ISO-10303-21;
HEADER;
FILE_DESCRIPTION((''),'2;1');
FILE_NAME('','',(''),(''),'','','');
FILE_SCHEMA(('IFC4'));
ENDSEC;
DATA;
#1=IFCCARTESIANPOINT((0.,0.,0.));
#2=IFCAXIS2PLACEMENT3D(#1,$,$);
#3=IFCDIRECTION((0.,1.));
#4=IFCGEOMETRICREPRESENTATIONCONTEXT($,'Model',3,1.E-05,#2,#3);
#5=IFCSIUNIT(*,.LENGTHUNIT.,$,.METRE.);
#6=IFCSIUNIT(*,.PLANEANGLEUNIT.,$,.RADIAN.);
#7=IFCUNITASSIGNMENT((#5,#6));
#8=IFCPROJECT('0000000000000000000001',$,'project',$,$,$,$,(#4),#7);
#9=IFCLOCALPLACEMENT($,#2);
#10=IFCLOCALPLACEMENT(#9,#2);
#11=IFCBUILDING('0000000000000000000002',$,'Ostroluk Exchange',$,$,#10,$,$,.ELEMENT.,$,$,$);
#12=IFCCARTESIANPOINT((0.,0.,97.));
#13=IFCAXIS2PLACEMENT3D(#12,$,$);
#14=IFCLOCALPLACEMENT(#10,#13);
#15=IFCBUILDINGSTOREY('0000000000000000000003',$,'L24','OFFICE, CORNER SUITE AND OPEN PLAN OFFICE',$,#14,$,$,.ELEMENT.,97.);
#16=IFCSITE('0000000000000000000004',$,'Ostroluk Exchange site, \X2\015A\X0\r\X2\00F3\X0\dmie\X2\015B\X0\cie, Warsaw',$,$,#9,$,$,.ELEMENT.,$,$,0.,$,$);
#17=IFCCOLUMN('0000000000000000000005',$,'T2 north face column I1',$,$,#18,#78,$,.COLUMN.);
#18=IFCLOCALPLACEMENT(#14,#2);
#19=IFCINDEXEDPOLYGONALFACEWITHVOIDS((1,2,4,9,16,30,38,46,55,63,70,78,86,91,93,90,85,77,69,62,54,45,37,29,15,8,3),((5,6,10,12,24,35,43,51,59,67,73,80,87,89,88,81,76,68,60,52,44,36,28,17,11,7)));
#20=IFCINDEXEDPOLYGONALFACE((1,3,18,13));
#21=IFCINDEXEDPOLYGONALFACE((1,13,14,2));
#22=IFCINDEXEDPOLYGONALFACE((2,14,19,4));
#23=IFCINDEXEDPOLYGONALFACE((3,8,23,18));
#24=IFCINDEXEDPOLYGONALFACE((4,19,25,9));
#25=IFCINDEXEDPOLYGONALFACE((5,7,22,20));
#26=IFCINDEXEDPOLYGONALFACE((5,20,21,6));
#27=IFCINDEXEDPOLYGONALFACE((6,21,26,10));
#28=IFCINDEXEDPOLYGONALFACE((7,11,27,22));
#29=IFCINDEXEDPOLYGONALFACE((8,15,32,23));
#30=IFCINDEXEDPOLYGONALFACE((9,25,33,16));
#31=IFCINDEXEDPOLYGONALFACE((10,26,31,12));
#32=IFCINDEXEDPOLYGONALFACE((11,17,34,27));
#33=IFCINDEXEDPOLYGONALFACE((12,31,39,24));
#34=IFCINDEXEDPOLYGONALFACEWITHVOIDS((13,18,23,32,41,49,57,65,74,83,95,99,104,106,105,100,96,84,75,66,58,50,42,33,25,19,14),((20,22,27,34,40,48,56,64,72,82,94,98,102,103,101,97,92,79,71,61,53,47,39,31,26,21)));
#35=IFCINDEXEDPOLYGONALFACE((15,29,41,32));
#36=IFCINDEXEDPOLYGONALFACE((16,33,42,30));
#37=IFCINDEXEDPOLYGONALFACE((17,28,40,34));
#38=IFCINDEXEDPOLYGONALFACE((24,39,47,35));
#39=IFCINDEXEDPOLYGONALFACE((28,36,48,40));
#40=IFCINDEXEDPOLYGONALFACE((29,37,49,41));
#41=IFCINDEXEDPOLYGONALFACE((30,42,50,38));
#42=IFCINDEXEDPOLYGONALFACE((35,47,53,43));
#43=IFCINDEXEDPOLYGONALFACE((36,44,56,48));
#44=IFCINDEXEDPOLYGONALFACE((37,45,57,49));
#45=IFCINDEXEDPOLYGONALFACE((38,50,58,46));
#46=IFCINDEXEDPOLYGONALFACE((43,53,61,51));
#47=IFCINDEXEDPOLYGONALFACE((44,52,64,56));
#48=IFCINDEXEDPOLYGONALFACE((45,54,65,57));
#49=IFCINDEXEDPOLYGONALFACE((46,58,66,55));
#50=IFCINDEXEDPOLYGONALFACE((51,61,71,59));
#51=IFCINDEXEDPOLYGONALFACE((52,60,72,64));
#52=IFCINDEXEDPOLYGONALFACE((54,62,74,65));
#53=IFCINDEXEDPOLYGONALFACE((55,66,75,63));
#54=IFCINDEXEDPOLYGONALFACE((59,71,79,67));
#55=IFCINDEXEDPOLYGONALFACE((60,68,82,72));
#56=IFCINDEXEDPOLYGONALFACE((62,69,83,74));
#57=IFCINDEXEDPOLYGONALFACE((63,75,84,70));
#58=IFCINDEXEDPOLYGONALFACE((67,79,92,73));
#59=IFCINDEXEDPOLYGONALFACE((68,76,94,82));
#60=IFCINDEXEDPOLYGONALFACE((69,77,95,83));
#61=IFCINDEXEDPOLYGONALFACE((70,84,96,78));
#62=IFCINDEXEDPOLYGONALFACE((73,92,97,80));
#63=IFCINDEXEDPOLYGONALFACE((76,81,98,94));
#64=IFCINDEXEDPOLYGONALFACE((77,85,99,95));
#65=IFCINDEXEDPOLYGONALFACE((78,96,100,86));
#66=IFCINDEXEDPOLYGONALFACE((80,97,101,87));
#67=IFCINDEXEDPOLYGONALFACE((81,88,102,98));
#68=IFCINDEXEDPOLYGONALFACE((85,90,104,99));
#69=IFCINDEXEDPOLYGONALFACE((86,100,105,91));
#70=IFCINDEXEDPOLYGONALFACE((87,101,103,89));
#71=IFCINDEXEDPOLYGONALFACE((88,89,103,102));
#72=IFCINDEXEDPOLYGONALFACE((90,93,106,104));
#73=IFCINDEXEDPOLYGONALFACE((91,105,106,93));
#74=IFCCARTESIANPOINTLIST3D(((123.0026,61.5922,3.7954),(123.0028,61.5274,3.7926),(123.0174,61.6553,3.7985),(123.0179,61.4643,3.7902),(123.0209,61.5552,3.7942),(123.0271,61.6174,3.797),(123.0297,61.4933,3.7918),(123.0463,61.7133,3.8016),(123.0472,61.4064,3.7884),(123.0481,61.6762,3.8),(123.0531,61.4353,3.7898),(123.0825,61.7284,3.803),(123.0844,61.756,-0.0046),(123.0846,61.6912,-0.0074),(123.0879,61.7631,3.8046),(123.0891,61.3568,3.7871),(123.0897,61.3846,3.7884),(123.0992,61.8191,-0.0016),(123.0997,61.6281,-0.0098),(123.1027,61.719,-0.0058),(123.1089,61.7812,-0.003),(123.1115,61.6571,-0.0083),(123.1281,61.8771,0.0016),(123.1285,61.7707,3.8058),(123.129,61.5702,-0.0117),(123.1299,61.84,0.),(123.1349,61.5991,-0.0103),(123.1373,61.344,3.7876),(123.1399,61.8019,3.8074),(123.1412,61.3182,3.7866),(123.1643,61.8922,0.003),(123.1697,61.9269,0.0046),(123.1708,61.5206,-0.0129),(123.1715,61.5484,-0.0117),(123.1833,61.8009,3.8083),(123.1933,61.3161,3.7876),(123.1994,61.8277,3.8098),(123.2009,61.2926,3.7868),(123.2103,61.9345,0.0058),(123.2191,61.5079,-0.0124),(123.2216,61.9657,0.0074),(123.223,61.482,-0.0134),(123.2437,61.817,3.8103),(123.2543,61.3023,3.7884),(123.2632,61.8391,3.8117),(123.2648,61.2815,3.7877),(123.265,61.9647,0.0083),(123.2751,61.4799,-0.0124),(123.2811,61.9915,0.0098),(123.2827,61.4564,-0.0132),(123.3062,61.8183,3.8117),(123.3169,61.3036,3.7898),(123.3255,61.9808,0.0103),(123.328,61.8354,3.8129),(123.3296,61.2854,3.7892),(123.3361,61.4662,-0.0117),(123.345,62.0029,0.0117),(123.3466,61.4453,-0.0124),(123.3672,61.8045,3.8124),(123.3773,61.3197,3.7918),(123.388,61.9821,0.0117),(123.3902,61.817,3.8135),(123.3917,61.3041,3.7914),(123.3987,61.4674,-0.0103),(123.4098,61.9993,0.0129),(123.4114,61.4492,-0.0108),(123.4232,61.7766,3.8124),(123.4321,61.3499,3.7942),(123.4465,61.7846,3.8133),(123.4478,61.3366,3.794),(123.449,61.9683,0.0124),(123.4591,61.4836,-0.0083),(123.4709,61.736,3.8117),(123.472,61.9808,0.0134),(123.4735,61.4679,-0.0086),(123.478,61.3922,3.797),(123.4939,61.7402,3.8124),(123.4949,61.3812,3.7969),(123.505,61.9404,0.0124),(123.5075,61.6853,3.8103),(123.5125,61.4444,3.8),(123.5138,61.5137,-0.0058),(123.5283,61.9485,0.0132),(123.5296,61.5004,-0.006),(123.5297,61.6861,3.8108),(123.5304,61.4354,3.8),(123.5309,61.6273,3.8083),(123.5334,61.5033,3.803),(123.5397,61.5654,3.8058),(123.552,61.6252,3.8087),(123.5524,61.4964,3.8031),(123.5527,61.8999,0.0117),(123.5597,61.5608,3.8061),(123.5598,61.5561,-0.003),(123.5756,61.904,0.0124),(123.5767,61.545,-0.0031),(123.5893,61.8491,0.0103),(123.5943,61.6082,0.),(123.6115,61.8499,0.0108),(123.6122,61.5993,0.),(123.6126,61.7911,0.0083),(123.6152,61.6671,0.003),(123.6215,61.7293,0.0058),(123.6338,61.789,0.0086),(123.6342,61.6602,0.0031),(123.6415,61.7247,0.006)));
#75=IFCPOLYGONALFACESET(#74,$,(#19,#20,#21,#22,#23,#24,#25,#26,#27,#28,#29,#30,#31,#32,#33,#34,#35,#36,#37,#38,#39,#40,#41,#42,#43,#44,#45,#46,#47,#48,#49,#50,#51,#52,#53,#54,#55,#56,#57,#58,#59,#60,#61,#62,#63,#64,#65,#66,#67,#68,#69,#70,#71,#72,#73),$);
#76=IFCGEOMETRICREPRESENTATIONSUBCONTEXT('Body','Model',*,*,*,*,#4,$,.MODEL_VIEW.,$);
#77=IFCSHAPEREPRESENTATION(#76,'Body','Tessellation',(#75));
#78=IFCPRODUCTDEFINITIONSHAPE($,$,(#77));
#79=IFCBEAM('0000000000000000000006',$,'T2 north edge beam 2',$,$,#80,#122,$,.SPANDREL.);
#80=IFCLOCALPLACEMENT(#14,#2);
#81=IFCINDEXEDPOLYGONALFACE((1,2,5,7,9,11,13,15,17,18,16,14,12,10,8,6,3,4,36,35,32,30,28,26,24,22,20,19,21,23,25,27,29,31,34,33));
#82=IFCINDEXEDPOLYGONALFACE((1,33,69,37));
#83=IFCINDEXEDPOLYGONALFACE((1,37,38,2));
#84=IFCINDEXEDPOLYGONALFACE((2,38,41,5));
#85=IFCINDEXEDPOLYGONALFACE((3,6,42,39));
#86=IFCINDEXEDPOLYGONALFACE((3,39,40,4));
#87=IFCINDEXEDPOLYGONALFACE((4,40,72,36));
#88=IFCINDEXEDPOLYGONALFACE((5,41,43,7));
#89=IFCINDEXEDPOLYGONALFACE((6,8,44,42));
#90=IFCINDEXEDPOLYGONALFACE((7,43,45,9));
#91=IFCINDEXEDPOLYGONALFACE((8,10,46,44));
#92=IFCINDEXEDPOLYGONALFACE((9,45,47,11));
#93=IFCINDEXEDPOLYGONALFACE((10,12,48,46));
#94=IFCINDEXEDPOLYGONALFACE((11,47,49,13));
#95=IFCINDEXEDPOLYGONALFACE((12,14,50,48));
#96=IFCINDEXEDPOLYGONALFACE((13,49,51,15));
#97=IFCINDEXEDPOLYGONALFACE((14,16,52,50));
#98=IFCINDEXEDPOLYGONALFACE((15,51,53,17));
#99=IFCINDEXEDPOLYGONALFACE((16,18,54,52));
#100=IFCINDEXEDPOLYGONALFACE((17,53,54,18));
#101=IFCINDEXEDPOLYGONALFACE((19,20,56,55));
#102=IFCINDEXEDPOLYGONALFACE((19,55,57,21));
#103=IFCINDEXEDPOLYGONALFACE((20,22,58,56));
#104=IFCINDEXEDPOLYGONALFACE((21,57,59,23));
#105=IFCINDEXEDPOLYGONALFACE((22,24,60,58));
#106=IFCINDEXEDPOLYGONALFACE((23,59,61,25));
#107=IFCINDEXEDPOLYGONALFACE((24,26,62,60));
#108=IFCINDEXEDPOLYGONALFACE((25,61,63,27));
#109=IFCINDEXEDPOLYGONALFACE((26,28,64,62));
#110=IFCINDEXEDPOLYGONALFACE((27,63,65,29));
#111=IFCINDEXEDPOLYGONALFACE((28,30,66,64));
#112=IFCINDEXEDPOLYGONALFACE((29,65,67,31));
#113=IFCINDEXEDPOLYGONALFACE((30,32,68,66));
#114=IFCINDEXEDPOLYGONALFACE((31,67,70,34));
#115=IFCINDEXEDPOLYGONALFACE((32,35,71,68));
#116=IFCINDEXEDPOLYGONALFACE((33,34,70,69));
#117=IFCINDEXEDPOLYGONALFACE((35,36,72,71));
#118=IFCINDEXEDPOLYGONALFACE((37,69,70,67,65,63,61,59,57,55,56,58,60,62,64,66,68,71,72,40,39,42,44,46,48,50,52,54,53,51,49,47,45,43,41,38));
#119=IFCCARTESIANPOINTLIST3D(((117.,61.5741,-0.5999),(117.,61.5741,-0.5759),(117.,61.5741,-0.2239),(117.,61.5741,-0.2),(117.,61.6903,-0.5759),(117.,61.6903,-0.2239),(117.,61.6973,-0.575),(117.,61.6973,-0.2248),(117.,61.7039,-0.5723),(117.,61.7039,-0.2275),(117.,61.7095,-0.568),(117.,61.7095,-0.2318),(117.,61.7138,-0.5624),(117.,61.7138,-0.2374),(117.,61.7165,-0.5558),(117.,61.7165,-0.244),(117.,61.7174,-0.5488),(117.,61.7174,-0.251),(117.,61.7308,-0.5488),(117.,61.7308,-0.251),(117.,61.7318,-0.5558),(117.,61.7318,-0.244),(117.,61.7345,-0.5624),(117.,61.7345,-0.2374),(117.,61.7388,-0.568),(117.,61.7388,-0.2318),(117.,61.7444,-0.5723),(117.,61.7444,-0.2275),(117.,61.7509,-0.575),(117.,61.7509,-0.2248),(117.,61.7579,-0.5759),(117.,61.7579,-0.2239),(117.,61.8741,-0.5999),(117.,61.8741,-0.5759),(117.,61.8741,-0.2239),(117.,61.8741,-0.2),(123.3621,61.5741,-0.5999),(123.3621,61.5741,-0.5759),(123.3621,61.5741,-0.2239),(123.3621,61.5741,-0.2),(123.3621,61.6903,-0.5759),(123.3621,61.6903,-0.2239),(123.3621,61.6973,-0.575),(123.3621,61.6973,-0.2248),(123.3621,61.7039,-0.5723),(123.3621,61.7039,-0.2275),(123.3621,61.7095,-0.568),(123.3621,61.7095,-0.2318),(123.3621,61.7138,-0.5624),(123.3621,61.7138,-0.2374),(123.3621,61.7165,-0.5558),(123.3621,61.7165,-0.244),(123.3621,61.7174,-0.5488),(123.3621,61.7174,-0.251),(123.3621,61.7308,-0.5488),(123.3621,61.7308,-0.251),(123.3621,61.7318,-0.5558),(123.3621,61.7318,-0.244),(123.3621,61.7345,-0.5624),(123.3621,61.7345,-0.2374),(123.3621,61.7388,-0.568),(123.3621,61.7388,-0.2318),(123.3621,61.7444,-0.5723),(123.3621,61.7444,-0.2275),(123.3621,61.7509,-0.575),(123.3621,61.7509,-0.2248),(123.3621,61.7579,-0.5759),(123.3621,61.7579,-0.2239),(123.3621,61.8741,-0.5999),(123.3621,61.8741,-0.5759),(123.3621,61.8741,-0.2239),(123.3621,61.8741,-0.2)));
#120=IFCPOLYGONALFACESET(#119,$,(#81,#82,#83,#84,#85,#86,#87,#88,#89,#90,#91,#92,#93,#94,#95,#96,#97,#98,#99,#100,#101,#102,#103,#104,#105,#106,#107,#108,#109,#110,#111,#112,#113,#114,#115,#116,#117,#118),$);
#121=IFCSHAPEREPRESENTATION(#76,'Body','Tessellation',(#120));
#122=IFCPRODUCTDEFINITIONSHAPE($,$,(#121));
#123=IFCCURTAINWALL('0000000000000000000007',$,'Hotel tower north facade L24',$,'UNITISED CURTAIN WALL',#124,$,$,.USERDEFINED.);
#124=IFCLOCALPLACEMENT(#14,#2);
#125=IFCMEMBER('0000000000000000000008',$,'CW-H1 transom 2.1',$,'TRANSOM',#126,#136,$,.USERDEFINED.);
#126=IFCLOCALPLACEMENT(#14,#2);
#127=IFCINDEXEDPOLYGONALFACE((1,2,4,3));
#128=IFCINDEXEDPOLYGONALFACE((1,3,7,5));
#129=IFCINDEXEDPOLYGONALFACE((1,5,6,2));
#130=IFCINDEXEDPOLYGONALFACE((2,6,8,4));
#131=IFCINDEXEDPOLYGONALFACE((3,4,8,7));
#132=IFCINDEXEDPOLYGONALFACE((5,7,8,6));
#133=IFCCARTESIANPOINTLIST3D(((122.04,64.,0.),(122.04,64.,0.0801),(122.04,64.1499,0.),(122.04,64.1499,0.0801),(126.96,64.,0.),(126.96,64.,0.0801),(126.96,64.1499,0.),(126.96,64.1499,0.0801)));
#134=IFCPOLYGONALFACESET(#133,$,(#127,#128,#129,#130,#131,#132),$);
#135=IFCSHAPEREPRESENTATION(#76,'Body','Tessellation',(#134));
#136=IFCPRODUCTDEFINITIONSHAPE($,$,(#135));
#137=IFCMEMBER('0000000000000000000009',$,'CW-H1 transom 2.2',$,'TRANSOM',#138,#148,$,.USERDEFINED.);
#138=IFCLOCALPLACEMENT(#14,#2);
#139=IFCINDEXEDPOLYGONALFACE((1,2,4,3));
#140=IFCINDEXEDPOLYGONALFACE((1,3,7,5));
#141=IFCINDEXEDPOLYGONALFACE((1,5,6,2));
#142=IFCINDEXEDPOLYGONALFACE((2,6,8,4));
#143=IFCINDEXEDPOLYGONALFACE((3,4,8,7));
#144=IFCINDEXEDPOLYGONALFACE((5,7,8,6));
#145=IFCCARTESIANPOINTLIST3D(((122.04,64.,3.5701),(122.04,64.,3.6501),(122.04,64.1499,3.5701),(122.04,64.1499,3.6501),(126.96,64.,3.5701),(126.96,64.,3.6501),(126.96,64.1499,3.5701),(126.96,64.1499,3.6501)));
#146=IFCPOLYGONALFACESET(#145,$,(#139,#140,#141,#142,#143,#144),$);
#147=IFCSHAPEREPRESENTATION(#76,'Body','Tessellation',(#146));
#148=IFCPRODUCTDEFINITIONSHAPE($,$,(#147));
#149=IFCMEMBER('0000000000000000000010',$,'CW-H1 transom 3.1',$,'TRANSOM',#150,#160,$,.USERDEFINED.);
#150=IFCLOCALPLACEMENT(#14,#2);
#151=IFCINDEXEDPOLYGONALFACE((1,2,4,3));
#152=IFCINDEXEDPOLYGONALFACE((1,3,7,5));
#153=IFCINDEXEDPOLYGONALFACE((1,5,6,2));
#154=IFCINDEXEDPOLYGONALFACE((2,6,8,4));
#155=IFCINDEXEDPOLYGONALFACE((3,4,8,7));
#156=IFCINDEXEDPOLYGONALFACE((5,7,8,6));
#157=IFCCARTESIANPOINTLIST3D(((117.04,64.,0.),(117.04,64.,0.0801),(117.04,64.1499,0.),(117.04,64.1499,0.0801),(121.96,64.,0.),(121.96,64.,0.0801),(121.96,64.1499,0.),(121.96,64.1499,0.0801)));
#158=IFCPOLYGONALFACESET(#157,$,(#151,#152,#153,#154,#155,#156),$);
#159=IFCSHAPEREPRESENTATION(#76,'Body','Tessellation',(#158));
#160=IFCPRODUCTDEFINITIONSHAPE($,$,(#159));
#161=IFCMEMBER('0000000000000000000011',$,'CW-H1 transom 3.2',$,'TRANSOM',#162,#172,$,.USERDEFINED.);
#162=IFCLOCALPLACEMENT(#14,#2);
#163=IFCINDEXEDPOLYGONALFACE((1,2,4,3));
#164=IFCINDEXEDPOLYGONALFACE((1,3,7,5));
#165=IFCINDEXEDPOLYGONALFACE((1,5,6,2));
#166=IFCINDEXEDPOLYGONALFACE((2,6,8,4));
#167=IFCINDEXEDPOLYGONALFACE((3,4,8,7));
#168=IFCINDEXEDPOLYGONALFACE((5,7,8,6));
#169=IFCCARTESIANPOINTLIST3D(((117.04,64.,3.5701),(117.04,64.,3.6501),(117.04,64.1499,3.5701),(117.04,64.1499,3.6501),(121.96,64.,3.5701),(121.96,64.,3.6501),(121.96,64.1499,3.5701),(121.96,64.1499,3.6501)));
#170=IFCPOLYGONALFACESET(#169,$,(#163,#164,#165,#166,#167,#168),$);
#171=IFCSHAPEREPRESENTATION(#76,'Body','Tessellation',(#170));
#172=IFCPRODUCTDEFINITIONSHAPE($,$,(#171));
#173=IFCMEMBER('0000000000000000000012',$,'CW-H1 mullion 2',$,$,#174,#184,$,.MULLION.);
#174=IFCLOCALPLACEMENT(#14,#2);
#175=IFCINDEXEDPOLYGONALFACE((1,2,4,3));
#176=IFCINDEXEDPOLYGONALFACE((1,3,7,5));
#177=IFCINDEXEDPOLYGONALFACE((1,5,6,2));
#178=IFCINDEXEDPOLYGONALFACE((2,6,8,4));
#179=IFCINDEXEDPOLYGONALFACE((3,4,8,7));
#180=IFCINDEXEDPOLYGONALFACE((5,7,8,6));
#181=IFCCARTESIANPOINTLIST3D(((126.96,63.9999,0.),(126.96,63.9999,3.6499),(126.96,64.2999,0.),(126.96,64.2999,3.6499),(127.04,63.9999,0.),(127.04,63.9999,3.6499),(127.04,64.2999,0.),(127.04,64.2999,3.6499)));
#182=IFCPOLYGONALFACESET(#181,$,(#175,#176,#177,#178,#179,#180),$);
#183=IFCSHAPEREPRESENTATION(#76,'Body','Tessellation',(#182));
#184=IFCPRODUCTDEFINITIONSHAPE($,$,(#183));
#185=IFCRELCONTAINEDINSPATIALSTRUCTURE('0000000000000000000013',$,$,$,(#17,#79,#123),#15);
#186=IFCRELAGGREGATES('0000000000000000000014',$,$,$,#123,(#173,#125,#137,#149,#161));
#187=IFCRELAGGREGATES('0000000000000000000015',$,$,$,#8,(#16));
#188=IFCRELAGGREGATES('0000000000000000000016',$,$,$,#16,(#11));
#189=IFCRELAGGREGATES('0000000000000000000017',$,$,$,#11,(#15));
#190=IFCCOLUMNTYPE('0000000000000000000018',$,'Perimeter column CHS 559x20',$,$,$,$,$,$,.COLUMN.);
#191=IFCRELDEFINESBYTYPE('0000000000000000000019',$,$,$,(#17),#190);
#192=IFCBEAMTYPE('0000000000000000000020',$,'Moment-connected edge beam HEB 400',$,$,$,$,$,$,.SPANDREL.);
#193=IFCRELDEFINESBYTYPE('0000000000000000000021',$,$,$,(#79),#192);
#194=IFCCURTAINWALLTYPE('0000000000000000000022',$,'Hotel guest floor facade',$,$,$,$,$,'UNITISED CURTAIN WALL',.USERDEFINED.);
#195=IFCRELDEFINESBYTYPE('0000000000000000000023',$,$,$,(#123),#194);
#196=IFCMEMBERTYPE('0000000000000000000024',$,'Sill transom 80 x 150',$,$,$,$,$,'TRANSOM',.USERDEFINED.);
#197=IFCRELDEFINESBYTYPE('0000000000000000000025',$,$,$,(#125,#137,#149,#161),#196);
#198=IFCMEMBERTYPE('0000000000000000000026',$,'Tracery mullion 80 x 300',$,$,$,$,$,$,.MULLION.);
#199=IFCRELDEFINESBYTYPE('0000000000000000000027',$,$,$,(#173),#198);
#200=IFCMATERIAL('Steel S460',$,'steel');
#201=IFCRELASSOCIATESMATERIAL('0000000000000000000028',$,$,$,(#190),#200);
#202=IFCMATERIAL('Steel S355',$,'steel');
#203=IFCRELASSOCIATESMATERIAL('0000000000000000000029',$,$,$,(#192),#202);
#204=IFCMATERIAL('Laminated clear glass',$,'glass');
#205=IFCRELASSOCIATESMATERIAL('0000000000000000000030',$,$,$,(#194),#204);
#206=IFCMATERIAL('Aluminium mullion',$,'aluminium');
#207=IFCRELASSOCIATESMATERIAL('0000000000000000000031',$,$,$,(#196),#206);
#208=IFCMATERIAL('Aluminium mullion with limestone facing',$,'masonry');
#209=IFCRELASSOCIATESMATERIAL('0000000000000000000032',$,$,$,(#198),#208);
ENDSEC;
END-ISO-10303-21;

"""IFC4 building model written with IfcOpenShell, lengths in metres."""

from ifc_helpers import new_model, si_unit, direction, frame, origin, origin_2d, place, context, subcontext, project, spatial, rectangle, hollow_circle, i_section, extrude, material, material_profile, profile_set, type_object, element, aggregate, save


model = new_model("IFC4")

# Units and contexts
model_context = context("Model", 3, precision=1e-05, world=origin(), true_north=direction((0.0, 1.0)))
body_context = subcontext(model_context, "Body", "Model", "MODEL_VIEW")
ifc_project = project(units=[si_unit("LENGTHUNIT", "METRE"), si_unit("PLANEANGLEUNIT", "RADIAN")], contexts=[model_context])

# Site, building, storey
site_placement = place(None, origin())
site = spatial("IfcSite", under=ifc_project, at=site_placement, Name="Ostroluk Exchange site, Śródmieście, Warsaw", CompositionType="ELEMENT", RefElevation=0.0)
building_placement = place(site_placement, origin())
building = spatial("IfcBuilding", under=site, at=building_placement, Name="Ostroluk Exchange", CompositionType="ELEMENT")
storey_placement = place(building_placement, frame((0.0, 0.0, 97.0)))
storey = spatial("IfcBuildingStorey", under=building, at=storey_placement, Name="L24", Description="OFFICE, CORNER SUITE AND OPEN PLAN OFFICE", CompositionType="ELEMENT", Elevation=97.0)

# Column
ifc_material_1 = material(Name="Steel S460", Category="steel")
ifc_material_profile_1 = material_profile(ifc_material_1, hollow_circle(Radius=0.2795, WallThickness=0.02, at=origin_2d()), Name="CHS 559x20")
ifc_profile_set_1 = profile_set([ifc_material_profile_1], Name="Steel S460")
column_type = type_object("IfcColumnType", Name="Perimeter column CHS 559x20", PredefinedType="COLUMN", material=ifc_profile_set_1)
column_placement = place(storey_placement, frame((123.3621, 61.7241, 0.0), z_axis=(-0.021498, -0.04306, 0.998841), x_axis=(0.894694, -0.44668, 0.0)))
element("IfcColumn", 1, at=column_placement, inside=storey, type_object=column_type, Name="T2 north face column I1", PredefinedType="COLUMN", context=body_context, shape_type="SweptSolid", body=[
    extrude(hollow_circle(Radius=0.2795, WallThickness=0.02, at=origin_2d()), origin(), (0.0, 0.0, 1.0), 3.8044),
])

# Beam
ifc_material_2 = material(Name="Steel S355", Category="steel")
ifc_material_profile_2 = material_profile(ifc_material_2, i_section(OverallWidth=0.3, OverallDepth=0.3999, WebThickness=0.0134, FlangeThickness=0.0239, FilletRadius=0.0271, at=origin_2d()), Name="HEB 400")
ifc_profile_set_2 = profile_set([ifc_material_profile_2], Name="Steel S355")
beam_type = type_object("IfcBeamType", Name="Moment-connected edge beam HEB 400", PredefinedType="SPANDREL", material=ifc_profile_set_2)
beam_placement = place(storey_placement, frame((123.3621, 61.7241, -0.3999), z_axis=(-1.0, 0.0, 0.0), x_axis=(0.0, -1.0, 0.0)))
element("IfcBeam", 2, at=beam_placement, inside=storey, type_object=beam_type, Name="T2 north edge beam 2", PredefinedType="SPANDREL", context=body_context, shape_type="SweptSolid", body=[
    extrude(i_section(OverallWidth=0.3, OverallDepth=0.3999, WebThickness=0.0134, FlangeThickness=0.0239, FilletRadius=0.0271, at=origin_2d()), origin(), (0.0, 0.0, 1.0), 6.3621),
])

# Curtain wall, members
ifc_material_3 = material(Name="Laminated clear glass", Category="glass")
curtain_wall_type = type_object("IfcCurtainWallType", Name="Hotel guest floor facade", ElementType="UNITISED CURTAIN WALL", PredefinedType="USERDEFINED", material=ifc_material_3)
curtain_wall_placement = place(storey_placement, origin())
curtain_wall = element("IfcCurtainWall", 3, at=curtain_wall_placement, inside=storey, type_object=curtain_wall_type, Name="Hotel tower north facade L24", ObjectType="UNITISED CURTAIN WALL", PredefinedType="USERDEFINED")
ifc_material_4 = material(Name="Aluminium mullion", Category="aluminium")
ifc_material_profile_3 = material_profile(ifc_material_4, rectangle(XDim=0.1499, YDim=0.0801, at=origin_2d()), Name="Sill transom 80 x 150")
ifc_profile_set_3 = profile_set([ifc_material_profile_3], Name="Aluminium mullion")
member_type_1 = type_object("IfcMemberType", Name="Sill transom 80 x 150", ElementType="TRANSOM", PredefinedType="USERDEFINED", material=ifc_profile_set_3)
member_1_placement = place(storey_placement, frame((126.96, 64.075, 0.04), z_axis=(-1.0, 0.0, 0.0), x_axis=(0.0, -1.0, 0.0)))
member_1 = element("IfcMember", 4, at=member_1_placement, type_object=member_type_1, Name="CW-H1 transom 2.1", ObjectType="TRANSOM", PredefinedType="USERDEFINED", context=body_context, shape_type="SweptSolid", body=[
    extrude(rectangle(XDim=0.1499, YDim=0.0801, at=origin_2d()), origin(), (0.0, 0.0, 1.0), 4.9199),
])
member_2_placement = place(storey_placement, frame((126.96, 64.075, 3.6101), z_axis=(-1.0, 0.0, 0.0), x_axis=(0.0, -1.0, 0.0)))
member_2 = element("IfcMember", 5, at=member_2_placement, type_object=member_type_1, Name="CW-H1 transom 2.2", ObjectType="TRANSOM", PredefinedType="USERDEFINED", context=body_context, shape_type="SweptSolid", body=[
    extrude(rectangle(XDim=0.1499, YDim=0.0801, at=origin_2d()), origin(), (0.0, 0.0, 1.0), 4.9199),
])
member_3_placement = place(storey_placement, frame((121.96, 64.075, 0.04), z_axis=(-1.0, 0.0, 0.0), x_axis=(0.0, -1.0, 0.0)))
member_3 = element("IfcMember", 6, at=member_3_placement, type_object=member_type_1, Name="CW-H1 transom 3.1", ObjectType="TRANSOM", PredefinedType="USERDEFINED", context=body_context, shape_type="SweptSolid", body=[
    extrude(rectangle(XDim=0.1499, YDim=0.0801, at=origin_2d()), origin(), (0.0, 0.0, 1.0), 4.9199),
])
member_4_placement = place(storey_placement, frame((121.96, 64.075, 3.6101), z_axis=(-1.0, 0.0, 0.0), x_axis=(0.0, -1.0, 0.0)))
member_4 = element("IfcMember", 7, at=member_4_placement, type_object=member_type_1, Name="CW-H1 transom 3.2", ObjectType="TRANSOM", PredefinedType="USERDEFINED", context=body_context, shape_type="SweptSolid", body=[
    extrude(rectangle(XDim=0.1499, YDim=0.0801, at=origin_2d()), origin(), (0.0, 0.0, 1.0), 4.9199),
])
ifc_material_5 = material(Name="Aluminium mullion with limestone facing", Category="masonry")
ifc_material_profile_4 = material_profile(ifc_material_5, rectangle(XDim=0.3, YDim=0.0801, at=origin_2d()), Name="Tracery mullion 80 x 300")
ifc_profile_set_4 = profile_set([ifc_material_profile_4], Name="Aluminium mullion with limestone facing")
member_type_2 = type_object("IfcMemberType", Name="Tracery mullion 80 x 300", PredefinedType="MULLION", material=ifc_profile_set_4)
member_5_placement = place(storey_placement, frame((127.0, 64.1499, 0.0), z_axis=(0.0, 0.0, 1.0), x_axis=(0.0, -1.0, 0.0)))
member_5 = element("IfcMember", 8, at=member_5_placement, type_object=member_type_2, Name="CW-H1 mullion 2", PredefinedType="MULLION", context=body_context, shape_type="SweptSolid", body=[
    extrude(rectangle(XDim=0.3, YDim=0.0801, at=origin_2d()), origin(), (0.0, 0.0, 1.0), 3.6499),
])
aggregate(curtain_wall, [member_5, member_1, member_2, member_3, member_4])

save(model, "model.ifc")
